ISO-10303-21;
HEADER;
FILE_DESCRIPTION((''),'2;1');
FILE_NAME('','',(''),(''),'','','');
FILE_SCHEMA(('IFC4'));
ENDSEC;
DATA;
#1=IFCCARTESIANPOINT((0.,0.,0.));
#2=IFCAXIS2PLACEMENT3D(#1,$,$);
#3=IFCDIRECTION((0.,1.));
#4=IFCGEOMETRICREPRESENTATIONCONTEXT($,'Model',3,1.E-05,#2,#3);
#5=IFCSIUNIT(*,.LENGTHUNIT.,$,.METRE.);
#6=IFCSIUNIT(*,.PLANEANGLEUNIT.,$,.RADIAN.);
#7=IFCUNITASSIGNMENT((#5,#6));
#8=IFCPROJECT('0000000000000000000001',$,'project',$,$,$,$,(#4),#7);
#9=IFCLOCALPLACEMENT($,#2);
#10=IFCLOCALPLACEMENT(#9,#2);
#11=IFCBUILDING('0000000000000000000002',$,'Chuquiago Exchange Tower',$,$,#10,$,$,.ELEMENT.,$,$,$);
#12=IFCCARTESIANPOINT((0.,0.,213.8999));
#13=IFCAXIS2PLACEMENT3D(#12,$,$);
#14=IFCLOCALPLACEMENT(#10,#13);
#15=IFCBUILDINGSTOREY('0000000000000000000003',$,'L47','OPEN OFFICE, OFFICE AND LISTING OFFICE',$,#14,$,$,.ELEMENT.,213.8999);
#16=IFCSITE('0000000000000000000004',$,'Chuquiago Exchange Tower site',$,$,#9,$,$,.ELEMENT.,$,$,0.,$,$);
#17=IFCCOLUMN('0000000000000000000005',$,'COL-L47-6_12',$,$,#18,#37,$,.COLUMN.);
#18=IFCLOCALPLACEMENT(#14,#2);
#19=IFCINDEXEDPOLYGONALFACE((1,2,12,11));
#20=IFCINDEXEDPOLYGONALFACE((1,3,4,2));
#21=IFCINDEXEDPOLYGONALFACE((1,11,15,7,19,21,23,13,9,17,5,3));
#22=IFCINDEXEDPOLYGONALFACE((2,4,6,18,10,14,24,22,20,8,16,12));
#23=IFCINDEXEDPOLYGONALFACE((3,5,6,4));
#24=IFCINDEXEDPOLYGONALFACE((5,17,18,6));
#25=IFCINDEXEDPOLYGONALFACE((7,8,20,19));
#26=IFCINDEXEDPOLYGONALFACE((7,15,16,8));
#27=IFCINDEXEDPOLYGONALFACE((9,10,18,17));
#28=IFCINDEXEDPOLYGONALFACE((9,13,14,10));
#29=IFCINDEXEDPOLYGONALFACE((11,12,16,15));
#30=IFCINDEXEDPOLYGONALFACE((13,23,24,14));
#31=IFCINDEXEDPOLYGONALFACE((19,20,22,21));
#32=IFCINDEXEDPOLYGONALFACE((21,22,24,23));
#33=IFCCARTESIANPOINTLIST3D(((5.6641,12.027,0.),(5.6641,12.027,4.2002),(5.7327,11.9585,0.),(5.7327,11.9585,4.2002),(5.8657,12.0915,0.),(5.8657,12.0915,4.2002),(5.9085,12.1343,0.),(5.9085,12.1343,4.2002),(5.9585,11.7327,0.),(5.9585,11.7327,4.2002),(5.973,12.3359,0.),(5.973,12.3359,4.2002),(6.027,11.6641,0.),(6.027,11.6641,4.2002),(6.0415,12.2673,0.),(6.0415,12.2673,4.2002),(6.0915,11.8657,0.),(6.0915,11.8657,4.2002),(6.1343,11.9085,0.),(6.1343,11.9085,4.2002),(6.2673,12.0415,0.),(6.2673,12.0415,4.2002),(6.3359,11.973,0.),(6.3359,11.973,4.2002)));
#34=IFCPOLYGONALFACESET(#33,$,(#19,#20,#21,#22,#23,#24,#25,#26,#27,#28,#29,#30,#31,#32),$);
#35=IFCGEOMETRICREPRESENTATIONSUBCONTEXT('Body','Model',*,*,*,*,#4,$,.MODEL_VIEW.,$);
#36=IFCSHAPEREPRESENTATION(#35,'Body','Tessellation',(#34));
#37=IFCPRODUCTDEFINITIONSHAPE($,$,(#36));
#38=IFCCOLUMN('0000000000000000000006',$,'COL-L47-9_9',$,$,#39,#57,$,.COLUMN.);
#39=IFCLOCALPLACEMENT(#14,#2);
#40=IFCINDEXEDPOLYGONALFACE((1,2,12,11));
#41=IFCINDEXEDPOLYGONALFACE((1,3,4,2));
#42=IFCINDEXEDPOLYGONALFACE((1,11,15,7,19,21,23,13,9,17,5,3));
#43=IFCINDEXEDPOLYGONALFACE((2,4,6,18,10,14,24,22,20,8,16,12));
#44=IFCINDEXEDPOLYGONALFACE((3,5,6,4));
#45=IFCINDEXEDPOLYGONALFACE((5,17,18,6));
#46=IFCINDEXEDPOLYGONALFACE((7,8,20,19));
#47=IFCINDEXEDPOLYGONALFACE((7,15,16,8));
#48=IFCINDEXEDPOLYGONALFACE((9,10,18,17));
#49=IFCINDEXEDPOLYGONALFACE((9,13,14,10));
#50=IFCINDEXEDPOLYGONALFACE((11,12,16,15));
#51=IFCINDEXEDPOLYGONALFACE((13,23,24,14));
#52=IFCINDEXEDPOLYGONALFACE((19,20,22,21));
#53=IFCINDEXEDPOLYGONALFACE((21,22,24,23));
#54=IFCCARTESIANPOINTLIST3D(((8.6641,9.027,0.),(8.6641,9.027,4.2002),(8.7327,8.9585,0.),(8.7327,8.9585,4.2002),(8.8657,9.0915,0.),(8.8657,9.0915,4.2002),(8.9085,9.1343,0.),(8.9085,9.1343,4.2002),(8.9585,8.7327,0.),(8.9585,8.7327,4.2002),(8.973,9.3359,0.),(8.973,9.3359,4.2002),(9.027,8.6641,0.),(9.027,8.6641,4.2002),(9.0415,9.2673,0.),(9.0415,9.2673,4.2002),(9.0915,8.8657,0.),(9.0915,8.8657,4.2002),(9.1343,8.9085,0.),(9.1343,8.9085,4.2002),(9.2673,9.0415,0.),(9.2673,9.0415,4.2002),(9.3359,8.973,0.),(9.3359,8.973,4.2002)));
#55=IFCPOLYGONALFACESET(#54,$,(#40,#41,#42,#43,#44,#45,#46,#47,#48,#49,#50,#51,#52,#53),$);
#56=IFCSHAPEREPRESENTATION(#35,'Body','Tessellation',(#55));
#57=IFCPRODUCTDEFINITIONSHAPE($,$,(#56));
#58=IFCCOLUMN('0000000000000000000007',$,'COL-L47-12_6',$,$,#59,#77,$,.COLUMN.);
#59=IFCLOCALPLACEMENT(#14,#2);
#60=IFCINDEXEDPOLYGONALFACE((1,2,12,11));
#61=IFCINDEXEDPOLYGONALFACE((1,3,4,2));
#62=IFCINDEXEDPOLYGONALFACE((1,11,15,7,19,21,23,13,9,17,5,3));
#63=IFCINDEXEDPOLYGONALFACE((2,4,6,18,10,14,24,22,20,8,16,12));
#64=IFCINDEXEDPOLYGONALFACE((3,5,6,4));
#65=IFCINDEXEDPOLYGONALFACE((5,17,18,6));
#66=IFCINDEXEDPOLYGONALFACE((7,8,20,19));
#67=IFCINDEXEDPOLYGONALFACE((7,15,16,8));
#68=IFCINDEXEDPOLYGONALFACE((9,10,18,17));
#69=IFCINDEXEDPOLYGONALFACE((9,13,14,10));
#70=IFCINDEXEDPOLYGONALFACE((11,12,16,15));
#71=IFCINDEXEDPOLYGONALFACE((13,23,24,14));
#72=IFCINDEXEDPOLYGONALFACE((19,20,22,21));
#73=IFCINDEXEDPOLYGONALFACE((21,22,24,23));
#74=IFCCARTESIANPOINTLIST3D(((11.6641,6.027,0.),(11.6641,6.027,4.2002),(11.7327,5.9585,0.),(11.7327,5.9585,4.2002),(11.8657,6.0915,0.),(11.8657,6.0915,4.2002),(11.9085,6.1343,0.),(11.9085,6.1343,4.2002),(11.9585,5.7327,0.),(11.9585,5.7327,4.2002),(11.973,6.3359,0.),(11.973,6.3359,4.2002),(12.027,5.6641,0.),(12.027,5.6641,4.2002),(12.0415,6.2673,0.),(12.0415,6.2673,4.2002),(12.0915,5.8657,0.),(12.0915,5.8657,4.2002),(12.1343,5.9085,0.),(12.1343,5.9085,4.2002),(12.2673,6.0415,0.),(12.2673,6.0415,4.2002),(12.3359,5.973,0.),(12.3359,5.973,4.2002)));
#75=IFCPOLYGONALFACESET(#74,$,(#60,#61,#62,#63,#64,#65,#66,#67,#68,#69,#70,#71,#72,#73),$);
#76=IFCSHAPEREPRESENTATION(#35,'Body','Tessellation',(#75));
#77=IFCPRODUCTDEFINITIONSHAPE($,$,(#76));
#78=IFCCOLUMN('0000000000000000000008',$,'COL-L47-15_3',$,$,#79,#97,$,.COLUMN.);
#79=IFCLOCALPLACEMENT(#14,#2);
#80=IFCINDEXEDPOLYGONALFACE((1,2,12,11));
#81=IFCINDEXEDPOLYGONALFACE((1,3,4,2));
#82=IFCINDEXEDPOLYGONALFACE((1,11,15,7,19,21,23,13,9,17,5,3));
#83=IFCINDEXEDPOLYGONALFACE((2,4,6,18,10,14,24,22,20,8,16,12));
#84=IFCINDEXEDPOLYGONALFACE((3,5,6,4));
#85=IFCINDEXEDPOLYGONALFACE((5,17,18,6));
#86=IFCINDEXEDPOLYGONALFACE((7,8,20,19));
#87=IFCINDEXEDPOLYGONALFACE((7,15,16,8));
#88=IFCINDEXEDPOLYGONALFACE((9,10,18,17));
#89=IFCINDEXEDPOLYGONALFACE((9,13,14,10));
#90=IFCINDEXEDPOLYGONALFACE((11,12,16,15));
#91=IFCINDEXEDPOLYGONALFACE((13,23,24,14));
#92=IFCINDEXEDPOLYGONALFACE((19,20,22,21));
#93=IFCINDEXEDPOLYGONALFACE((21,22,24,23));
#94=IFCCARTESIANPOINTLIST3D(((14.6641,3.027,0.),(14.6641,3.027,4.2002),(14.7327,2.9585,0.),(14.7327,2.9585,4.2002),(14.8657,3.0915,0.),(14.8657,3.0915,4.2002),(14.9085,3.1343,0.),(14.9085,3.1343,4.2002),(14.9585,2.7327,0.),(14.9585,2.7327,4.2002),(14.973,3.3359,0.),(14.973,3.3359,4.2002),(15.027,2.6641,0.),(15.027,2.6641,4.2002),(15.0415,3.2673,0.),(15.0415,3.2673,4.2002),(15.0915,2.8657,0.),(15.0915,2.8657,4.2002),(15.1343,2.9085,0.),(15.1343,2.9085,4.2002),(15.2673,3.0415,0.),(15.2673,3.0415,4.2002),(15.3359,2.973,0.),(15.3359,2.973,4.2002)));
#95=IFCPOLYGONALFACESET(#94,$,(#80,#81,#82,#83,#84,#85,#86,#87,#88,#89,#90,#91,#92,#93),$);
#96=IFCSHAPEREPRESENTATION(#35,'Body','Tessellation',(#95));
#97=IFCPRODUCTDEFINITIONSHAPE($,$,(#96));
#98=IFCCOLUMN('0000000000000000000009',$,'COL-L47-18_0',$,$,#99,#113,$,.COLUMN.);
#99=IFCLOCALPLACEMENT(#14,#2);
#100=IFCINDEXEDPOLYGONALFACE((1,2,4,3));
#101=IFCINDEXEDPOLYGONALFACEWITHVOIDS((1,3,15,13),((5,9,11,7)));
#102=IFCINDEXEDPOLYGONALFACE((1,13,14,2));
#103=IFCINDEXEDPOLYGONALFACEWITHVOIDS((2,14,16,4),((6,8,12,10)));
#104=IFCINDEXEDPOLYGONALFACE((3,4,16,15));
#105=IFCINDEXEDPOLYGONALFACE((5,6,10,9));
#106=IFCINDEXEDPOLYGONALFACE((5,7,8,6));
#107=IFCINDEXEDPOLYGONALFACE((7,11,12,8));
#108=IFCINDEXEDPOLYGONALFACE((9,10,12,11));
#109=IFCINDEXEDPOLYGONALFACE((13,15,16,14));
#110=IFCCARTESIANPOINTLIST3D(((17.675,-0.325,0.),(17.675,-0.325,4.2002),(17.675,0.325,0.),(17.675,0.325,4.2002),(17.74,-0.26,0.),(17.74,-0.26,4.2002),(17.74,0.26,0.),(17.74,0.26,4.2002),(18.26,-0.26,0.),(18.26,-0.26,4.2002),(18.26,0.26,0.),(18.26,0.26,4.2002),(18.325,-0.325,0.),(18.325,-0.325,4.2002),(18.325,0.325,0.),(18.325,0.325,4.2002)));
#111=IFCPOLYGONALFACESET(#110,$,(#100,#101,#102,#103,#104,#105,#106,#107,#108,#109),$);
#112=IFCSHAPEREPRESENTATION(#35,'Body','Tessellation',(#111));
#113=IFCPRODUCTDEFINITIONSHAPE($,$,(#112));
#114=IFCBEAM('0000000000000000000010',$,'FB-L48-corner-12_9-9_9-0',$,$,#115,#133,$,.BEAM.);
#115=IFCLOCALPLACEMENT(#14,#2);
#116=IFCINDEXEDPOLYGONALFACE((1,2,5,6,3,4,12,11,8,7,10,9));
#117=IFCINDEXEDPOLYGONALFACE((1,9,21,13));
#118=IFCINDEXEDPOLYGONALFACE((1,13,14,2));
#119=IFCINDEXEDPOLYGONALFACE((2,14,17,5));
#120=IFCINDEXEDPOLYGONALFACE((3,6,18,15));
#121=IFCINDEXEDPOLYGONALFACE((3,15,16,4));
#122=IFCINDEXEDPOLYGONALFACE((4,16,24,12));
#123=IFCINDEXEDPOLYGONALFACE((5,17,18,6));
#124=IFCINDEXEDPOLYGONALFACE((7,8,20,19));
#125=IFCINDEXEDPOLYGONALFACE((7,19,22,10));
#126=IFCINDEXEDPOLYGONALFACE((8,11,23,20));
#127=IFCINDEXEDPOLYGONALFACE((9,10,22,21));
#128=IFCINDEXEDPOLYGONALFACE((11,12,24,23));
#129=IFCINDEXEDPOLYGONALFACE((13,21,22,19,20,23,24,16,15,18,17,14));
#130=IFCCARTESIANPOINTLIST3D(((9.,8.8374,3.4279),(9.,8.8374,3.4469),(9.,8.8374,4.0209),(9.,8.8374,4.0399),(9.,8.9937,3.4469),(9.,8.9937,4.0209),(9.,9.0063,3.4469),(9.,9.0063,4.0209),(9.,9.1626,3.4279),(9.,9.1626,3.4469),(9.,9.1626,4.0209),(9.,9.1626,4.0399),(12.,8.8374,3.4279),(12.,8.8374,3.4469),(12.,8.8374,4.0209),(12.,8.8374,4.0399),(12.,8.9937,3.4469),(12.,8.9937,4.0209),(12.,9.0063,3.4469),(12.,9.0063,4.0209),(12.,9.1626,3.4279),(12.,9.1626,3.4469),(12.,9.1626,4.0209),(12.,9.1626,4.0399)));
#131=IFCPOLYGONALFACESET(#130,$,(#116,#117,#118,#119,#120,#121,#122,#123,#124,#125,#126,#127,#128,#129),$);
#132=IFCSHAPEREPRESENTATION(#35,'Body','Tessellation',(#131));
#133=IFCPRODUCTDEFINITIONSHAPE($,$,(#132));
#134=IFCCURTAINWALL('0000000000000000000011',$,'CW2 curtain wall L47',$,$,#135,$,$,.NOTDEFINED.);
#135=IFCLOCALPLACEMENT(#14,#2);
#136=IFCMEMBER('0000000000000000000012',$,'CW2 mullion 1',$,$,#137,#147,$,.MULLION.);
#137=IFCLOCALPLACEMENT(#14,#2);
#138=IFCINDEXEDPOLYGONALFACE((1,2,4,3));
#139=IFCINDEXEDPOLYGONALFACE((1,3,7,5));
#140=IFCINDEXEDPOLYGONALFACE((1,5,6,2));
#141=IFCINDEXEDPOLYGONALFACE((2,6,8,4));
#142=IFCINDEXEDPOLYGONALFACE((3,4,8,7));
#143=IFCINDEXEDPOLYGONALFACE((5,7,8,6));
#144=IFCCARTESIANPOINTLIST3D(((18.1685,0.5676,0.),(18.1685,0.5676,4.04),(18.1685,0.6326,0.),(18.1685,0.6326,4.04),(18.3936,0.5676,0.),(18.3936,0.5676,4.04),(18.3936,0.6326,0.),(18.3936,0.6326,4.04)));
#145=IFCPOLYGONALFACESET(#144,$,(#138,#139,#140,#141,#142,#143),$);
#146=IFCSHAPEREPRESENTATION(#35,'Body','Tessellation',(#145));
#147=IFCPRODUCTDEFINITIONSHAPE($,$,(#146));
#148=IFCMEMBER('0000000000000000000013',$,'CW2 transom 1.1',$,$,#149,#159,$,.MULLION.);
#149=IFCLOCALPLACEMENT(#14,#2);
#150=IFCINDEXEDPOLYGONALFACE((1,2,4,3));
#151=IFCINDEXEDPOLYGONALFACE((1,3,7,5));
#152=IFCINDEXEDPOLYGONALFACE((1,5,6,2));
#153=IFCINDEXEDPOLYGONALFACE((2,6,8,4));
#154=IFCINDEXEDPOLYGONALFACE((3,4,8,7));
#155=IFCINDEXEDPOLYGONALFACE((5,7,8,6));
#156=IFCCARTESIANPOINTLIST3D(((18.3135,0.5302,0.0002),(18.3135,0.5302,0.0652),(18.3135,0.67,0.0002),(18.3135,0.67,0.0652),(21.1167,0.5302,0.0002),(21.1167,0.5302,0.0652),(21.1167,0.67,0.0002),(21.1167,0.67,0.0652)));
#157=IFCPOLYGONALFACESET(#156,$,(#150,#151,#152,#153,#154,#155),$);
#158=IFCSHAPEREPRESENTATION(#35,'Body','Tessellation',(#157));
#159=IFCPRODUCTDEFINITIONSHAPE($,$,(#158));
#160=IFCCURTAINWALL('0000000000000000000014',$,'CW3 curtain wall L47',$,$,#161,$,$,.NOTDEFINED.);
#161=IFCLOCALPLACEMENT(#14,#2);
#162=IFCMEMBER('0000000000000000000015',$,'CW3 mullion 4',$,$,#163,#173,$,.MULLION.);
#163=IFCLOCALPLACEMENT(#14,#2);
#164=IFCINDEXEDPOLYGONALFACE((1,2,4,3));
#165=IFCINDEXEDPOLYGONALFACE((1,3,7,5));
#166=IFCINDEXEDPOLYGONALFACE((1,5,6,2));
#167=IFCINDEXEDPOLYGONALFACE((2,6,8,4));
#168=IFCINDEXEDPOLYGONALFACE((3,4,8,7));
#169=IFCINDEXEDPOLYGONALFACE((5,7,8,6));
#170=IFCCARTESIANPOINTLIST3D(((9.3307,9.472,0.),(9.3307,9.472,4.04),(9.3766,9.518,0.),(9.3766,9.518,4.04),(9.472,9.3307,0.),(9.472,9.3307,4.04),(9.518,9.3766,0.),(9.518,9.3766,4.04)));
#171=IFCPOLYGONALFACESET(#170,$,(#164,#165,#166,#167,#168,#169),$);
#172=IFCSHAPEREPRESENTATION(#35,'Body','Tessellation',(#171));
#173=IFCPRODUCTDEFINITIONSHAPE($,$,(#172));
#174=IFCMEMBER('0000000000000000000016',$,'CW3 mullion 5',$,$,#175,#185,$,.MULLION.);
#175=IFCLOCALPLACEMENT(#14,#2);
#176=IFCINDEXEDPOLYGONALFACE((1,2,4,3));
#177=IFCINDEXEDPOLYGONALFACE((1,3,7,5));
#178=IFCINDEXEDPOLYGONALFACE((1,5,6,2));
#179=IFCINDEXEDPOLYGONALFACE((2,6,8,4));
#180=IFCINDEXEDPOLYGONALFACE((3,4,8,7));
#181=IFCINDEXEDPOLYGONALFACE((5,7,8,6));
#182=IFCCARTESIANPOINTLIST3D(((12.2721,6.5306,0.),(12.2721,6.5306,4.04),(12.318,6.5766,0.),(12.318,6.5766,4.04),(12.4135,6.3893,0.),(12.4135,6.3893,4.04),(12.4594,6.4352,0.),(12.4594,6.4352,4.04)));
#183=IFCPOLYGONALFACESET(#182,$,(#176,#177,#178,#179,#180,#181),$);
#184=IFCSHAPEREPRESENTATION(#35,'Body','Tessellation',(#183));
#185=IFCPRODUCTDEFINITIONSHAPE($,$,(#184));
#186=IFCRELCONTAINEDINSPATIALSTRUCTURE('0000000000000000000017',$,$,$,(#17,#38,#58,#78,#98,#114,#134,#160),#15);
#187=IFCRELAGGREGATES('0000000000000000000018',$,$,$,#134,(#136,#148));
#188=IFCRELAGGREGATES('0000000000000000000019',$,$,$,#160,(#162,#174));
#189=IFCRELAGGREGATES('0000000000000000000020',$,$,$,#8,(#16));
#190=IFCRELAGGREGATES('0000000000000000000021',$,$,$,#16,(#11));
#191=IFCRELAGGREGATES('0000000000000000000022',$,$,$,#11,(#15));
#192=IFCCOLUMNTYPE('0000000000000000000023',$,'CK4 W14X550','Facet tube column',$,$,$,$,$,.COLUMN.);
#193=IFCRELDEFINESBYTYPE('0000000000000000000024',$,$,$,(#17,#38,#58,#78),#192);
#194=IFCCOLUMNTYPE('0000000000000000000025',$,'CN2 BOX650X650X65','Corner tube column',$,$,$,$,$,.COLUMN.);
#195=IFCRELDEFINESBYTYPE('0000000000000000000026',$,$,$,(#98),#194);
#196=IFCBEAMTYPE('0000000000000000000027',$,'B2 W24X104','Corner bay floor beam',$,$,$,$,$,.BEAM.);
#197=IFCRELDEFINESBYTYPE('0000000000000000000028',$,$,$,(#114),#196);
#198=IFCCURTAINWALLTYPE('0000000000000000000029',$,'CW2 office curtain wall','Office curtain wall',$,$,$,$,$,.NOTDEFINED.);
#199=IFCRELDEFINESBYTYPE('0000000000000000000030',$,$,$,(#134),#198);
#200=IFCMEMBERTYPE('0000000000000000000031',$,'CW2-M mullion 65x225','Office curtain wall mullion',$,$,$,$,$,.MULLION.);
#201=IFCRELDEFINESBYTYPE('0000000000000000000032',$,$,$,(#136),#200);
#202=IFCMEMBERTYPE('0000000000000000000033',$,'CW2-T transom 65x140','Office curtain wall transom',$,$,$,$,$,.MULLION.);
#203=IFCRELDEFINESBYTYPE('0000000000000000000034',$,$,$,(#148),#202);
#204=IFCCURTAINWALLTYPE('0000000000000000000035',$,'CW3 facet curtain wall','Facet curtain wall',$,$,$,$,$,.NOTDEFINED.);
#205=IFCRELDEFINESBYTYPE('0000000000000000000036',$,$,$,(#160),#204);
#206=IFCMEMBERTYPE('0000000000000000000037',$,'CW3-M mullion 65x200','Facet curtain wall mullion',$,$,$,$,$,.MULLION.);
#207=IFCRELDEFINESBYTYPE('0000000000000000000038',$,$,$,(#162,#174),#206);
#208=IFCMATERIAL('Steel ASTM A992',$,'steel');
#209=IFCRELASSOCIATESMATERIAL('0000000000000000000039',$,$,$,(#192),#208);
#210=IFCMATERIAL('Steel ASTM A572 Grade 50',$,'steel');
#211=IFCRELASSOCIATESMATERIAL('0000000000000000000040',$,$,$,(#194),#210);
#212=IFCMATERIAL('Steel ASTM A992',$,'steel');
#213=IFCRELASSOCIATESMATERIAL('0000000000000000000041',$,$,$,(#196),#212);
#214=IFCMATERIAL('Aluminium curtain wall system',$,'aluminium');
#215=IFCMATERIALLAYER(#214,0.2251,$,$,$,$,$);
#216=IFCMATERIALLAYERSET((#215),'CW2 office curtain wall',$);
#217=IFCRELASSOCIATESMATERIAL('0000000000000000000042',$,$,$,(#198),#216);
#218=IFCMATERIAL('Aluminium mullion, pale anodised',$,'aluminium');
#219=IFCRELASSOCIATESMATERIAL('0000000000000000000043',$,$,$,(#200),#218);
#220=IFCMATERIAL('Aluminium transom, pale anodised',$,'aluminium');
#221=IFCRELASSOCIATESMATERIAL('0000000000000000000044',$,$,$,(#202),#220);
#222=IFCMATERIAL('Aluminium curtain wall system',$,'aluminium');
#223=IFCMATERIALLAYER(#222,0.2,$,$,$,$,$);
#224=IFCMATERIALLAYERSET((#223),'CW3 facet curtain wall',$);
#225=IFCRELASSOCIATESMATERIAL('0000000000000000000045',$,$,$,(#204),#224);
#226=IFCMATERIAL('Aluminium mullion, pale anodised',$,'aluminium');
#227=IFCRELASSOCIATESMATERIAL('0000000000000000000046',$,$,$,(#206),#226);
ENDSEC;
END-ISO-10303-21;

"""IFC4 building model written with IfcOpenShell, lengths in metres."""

from ifc_helpers import new_model, si_unit, direction, frame, origin, origin_2d, place, context, subcontext, project, spatial, rectangle, hollow_rectangle, i_section, extrude, material, layer, layer_set, material_profile, profile_set, type_object, element, aggregate, save


model = new_model("IFC4")

# Units and contexts
model_context = context("Model", 3, precision=1e-05, world=origin(), true_north=direction((0.0, 1.0)))
body_context = subcontext(model_context, "Body", "Model", "MODEL_VIEW")
ifc_project = project(units=[si_unit("LENGTHUNIT", "METRE"), si_unit("PLANEANGLEUNIT", "RADIAN")], contexts=[model_context])

# Site, building, storey
site_placement = place(None, origin())
site = spatial("IfcSite", under=ifc_project, at=site_placement, Name="Chuquiago Exchange Tower site", CompositionType="ELEMENT", RefElevation=0.0)
building_placement = place(site_placement, origin())
building = spatial("IfcBuilding", under=site, at=building_placement, Name="Chuquiago Exchange Tower", CompositionType="ELEMENT")
storey_placement = place(building_placement, frame((0.0, 0.0, 213.8999)))
storey = spatial("IfcBuildingStorey", under=building, at=storey_placement, Name="L47", Description="OPEN OFFICE, OFFICE AND LISTING OFFICE", CompositionType="ELEMENT", Elevation=213.8999)

# Columns
ifc_material_1 = material(Name="Steel ASTM A992", Category="steel")
ifc_material_profile_1 = material_profile(ifc_material_1, i_section(OverallWidth=0.4368, OverallDepth=0.5132, WebThickness=0.0605, FlangeThickness=0.0969, at=origin_2d()), Name="W14X550")
ifc_profile_set_1 = profile_set([ifc_material_profile_1], Name="Steel ASTM A992")
column_type_1 = type_object("IfcColumnType", Name="CK4 W14X550", Description="Facet tube column", PredefinedType="COLUMN", material=ifc_profile_set_1)
for number, where, z_axis, x_axis, name in (
    (1, (6.0, 12.0, 0.0), (0.0, 0.0, 1.0), (-0.707107, -0.707107, 0.0), "COL-L47-6_12"),
    (2, (9.0, 9.0, 0.0), (0.0, 0.0, 1.0), (-0.707107, -0.707107, 0.0), "COL-L47-9_9"),
    (3, (12.0, 6.0, 0.0), (0.0, 0.0, 1.0), (-0.707107, -0.707107, 0.0), "COL-L47-12_6"),
    (4, (15.0, 3.0, 0.0), (0.0, 0.0, 1.0), (-0.707107, -0.707107, 0.0), "COL-L47-15_3"),
):
    element("IfcColumn", number, at=place(storey_placement, frame(where, z_axis=z_axis, x_axis=x_axis)), inside=storey, type_object=column_type_1, Name=name, PredefinedType="COLUMN", context=body_context, shape_type="SweptSolid", body=[
        extrude(i_section(OverallWidth=0.4368, OverallDepth=0.5132, WebThickness=0.0605, FlangeThickness=0.0969, at=origin_2d()), origin(), (0.0, 0.0, 1.0), 4.2002),
    ])
ifc_material_2 = material(Name="Steel ASTM A572 Grade 50", Category="steel")
ifc_material_profile_2 = material_profile(ifc_material_2, hollow_rectangle(XDim=0.6499, YDim=0.6499, WallThickness=0.0649, at=origin_2d()), Name="BOX650X650X65")
ifc_profile_set_2 = profile_set([ifc_material_profile_2], Name="Steel ASTM A572 Grade 50")
column_type_2 = type_object("IfcColumnType", Name="CN2 BOX650X650X65", Description="Corner tube column", PredefinedType="COLUMN", material=ifc_profile_set_2)
column_placement = place(storey_placement, frame((18.0, 0.0, 0.0), z_axis=(0.0, 0.0, 1.0), x_axis=(0.0, -1.0, 0.0)))
element("IfcColumn", 5, at=column_placement, inside=storey, type_object=column_type_2, Name="COL-L47-18_0", PredefinedType="COLUMN", context=body_context, shape_type="SweptSolid", body=[
    extrude(hollow_rectangle(XDim=0.6499, YDim=0.6499, WallThickness=0.0649, at=origin_2d()), origin(), (0.0, 0.0, 1.0), 4.2002),
])

# Beam
ifc_material_3 = material(Name="Steel ASTM A992", Category="steel")
ifc_material_profile_3 = material_profile(ifc_material_3, i_section(OverallWidth=0.3252, OverallDepth=0.6121, WebThickness=0.0127, FlangeThickness=0.019, at=origin_2d()), Name="W24X104")
ifc_profile_set_3 = profile_set([ifc_material_profile_3], Name="Steel ASTM A992")
beam_type_1 = type_object("IfcBeamType", Name="B2 W24X104", Description="Corner bay floor beam", PredefinedType="BEAM", material=ifc_profile_set_3)
beam_1_placement = place(storey_placement, frame((12.0, 9.0, 3.7339), z_axis=(-1.0, 0.0, 0.0), x_axis=(0.0, -1.0, 0.0)))
element("IfcBeam", 6, at=beam_1_placement, inside=storey, type_object=beam_type_1, Name="FB-L48-corner-12_9-9_9-0", PredefinedType="BEAM", context=body_context, shape_type="SweptSolid", body=[
    extrude(i_section(OverallWidth=0.3252, OverallDepth=0.6121, WebThickness=0.0127, FlangeThickness=0.019, at=origin_2d()), origin(), (0.0, 0.0, 1.0), 3.0),
])

# Curtain walls, members
ifc_material_4 = material(Name="Aluminium curtain wall system", Category="aluminium")
ifc_layer_1 = layer(ifc_material_4, 0.2251)
ifc_layer_set_1 = layer_set([ifc_layer_1], Name="CW2 office curtain wall")
curtain_wall_type_1 = type_object("IfcCurtainWallType", Name="CW2 office curtain wall", Description="Office curtain wall", PredefinedType="NOTDEFINED", material=ifc_layer_set_1)
curtain_wall_1_placement = place(storey_placement, origin())
curtain_wall_1 = element("IfcCurtainWall", 7, at=curtain_wall_1_placement, inside=storey, type_object=curtain_wall_type_1, Name="CW2 curtain wall L47", PredefinedType="NOTDEFINED")
ifc_material_5 = material(Name="Aluminium mullion, pale anodised", Category="aluminium")
ifc_material_profile_4 = material_profile(ifc_material_5, rectangle(XDim=0.0649, YDim=0.2251, at=origin_2d()), Name="AL 65x225")
ifc_profile_set_4 = profile_set([ifc_material_profile_4], Name="Aluminium mullion, pale anodised")
member_type_1 = type_object("IfcMemberType", Name="CW2-M mullion 65x225", Description="Office curtain wall mullion", PredefinedType="MULLION", material=ifc_profile_set_4)
member_1_placement = place(storey_placement, frame((18.281, 0.6001, 0.0), z_axis=(0.0, 0.0, 1.0), x_axis=(0.0, 1.0, 0.0)))
member_1 = element("IfcMember", 8, at=member_1_placement, type_object=member_type_1, Name="CW2 mullion 1", PredefinedType="MULLION", context=body_context, shape_type="SweptSolid", body=[
    extrude(rectangle(XDim=0.0649, YDim=0.2251, at=origin_2d()), origin(), (0.0, 0.0, 1.0), 4.04),
])
ifc_material_6 = material(Name="Aluminium transom, pale anodised", Category="aluminium")
ifc_material_profile_5 = material_profile(ifc_material_6, rectangle(XDim=0.1399, YDim=0.0649, at=origin_2d()), Name="AL 140x65")
ifc_profile_set_5 = profile_set([ifc_material_profile_5], Name="Aluminium transom, pale anodised")
member_type_2 = type_object("IfcMemberType", Name="CW2-T transom 65x140", Description="Office curtain wall transom", PredefinedType="MULLION", material=ifc_profile_set_5)
member_2_placement = place(storey_placement, frame((18.3135, 0.6001, 0.0327), z_axis=(1.0, 0.0, 0.0), x_axis=(0.0, 1.0, 0.0)))
member_2 = element("IfcMember", 9, at=member_2_placement, type_object=member_type_2, Name="CW2 transom 1.1", PredefinedType="MULLION", context=body_context, shape_type="SweptSolid", body=[
    extrude(rectangle(XDim=0.1399, YDim=0.0649, at=origin_2d()), origin(), (0.0, 0.0, 1.0), 2.8032),
])
aggregate(curtain_wall_1, [member_1, member_2])
ifc_material_7 = material(Name="Aluminium curtain wall system", Category="aluminium")
ifc_layer_2 = layer(ifc_material_7, 0.2)
ifc_layer_set_2 = layer_set([ifc_layer_2], Name="CW3 facet curtain wall")
curtain_wall_type_2 = type_object("IfcCurtainWallType", Name="CW3 facet curtain wall", Description="Facet curtain wall", PredefinedType="NOTDEFINED", material=ifc_layer_set_2)
curtain_wall_2_placement = place(storey_placement, origin())
curtain_wall_2 = element("IfcCurtainWall", 10, at=curtain_wall_2_placement, inside=storey, type_object=curtain_wall_type_2, Name="CW3 curtain wall L47", PredefinedType="NOTDEFINED")
ifc_material_8 = material(Name="Aluminium mullion, pale anodised", Category="aluminium")
ifc_material_profile_6 = material_profile(ifc_material_8, rectangle(XDim=0.0649, YDim=0.2, at=origin_2d()), Name="AL 65x200")
ifc_profile_set_6 = profile_set([ifc_material_profile_6], Name="Aluminium mullion, pale anodised")
member_type_3 = type_object("IfcMemberType", Name="CW3-M mullion 65x200", Description="Facet curtain wall mullion", PredefinedType="MULLION", material=ifc_profile_set_6)
member_3_placement = place(storey_placement, frame((9.4243, 9.4243, 0.0), z_axis=(0.0, 0.0, 1.0), x_axis=(0.707107, 0.707107, 0.0)))
member_3 = element("IfcMember", 11, at=member_3_placement, type_object=member_type_3, Name="CW3 mullion 4", PredefinedType="MULLION", context=body_context, shape_type="SweptSolid", body=[
    extrude(rectangle(XDim=0.0649, YDim=0.2, at=origin_2d()), origin(), (0.0, 0.0, 1.0), 4.04),
])
member_4_placement = place(storey_placement, frame((12.3657, 6.4829, 0.0), z_axis=(0.0, 0.0, 1.0), x_axis=(0.707107, 0.707107, 0.0)))
member_4 = element("IfcMember", 12, at=member_4_placement, type_object=member_type_3, Name="CW3 mullion 5", PredefinedType="MULLION", context=body_context, shape_type="SweptSolid", body=[
    extrude(rectangle(XDim=0.0649, YDim=0.2, at=origin_2d()), origin(), (0.0, 0.0, 1.0), 4.04),
])

aggregate(curtain_wall_2, [member_3, member_4])

save(model, "model.ifc")
